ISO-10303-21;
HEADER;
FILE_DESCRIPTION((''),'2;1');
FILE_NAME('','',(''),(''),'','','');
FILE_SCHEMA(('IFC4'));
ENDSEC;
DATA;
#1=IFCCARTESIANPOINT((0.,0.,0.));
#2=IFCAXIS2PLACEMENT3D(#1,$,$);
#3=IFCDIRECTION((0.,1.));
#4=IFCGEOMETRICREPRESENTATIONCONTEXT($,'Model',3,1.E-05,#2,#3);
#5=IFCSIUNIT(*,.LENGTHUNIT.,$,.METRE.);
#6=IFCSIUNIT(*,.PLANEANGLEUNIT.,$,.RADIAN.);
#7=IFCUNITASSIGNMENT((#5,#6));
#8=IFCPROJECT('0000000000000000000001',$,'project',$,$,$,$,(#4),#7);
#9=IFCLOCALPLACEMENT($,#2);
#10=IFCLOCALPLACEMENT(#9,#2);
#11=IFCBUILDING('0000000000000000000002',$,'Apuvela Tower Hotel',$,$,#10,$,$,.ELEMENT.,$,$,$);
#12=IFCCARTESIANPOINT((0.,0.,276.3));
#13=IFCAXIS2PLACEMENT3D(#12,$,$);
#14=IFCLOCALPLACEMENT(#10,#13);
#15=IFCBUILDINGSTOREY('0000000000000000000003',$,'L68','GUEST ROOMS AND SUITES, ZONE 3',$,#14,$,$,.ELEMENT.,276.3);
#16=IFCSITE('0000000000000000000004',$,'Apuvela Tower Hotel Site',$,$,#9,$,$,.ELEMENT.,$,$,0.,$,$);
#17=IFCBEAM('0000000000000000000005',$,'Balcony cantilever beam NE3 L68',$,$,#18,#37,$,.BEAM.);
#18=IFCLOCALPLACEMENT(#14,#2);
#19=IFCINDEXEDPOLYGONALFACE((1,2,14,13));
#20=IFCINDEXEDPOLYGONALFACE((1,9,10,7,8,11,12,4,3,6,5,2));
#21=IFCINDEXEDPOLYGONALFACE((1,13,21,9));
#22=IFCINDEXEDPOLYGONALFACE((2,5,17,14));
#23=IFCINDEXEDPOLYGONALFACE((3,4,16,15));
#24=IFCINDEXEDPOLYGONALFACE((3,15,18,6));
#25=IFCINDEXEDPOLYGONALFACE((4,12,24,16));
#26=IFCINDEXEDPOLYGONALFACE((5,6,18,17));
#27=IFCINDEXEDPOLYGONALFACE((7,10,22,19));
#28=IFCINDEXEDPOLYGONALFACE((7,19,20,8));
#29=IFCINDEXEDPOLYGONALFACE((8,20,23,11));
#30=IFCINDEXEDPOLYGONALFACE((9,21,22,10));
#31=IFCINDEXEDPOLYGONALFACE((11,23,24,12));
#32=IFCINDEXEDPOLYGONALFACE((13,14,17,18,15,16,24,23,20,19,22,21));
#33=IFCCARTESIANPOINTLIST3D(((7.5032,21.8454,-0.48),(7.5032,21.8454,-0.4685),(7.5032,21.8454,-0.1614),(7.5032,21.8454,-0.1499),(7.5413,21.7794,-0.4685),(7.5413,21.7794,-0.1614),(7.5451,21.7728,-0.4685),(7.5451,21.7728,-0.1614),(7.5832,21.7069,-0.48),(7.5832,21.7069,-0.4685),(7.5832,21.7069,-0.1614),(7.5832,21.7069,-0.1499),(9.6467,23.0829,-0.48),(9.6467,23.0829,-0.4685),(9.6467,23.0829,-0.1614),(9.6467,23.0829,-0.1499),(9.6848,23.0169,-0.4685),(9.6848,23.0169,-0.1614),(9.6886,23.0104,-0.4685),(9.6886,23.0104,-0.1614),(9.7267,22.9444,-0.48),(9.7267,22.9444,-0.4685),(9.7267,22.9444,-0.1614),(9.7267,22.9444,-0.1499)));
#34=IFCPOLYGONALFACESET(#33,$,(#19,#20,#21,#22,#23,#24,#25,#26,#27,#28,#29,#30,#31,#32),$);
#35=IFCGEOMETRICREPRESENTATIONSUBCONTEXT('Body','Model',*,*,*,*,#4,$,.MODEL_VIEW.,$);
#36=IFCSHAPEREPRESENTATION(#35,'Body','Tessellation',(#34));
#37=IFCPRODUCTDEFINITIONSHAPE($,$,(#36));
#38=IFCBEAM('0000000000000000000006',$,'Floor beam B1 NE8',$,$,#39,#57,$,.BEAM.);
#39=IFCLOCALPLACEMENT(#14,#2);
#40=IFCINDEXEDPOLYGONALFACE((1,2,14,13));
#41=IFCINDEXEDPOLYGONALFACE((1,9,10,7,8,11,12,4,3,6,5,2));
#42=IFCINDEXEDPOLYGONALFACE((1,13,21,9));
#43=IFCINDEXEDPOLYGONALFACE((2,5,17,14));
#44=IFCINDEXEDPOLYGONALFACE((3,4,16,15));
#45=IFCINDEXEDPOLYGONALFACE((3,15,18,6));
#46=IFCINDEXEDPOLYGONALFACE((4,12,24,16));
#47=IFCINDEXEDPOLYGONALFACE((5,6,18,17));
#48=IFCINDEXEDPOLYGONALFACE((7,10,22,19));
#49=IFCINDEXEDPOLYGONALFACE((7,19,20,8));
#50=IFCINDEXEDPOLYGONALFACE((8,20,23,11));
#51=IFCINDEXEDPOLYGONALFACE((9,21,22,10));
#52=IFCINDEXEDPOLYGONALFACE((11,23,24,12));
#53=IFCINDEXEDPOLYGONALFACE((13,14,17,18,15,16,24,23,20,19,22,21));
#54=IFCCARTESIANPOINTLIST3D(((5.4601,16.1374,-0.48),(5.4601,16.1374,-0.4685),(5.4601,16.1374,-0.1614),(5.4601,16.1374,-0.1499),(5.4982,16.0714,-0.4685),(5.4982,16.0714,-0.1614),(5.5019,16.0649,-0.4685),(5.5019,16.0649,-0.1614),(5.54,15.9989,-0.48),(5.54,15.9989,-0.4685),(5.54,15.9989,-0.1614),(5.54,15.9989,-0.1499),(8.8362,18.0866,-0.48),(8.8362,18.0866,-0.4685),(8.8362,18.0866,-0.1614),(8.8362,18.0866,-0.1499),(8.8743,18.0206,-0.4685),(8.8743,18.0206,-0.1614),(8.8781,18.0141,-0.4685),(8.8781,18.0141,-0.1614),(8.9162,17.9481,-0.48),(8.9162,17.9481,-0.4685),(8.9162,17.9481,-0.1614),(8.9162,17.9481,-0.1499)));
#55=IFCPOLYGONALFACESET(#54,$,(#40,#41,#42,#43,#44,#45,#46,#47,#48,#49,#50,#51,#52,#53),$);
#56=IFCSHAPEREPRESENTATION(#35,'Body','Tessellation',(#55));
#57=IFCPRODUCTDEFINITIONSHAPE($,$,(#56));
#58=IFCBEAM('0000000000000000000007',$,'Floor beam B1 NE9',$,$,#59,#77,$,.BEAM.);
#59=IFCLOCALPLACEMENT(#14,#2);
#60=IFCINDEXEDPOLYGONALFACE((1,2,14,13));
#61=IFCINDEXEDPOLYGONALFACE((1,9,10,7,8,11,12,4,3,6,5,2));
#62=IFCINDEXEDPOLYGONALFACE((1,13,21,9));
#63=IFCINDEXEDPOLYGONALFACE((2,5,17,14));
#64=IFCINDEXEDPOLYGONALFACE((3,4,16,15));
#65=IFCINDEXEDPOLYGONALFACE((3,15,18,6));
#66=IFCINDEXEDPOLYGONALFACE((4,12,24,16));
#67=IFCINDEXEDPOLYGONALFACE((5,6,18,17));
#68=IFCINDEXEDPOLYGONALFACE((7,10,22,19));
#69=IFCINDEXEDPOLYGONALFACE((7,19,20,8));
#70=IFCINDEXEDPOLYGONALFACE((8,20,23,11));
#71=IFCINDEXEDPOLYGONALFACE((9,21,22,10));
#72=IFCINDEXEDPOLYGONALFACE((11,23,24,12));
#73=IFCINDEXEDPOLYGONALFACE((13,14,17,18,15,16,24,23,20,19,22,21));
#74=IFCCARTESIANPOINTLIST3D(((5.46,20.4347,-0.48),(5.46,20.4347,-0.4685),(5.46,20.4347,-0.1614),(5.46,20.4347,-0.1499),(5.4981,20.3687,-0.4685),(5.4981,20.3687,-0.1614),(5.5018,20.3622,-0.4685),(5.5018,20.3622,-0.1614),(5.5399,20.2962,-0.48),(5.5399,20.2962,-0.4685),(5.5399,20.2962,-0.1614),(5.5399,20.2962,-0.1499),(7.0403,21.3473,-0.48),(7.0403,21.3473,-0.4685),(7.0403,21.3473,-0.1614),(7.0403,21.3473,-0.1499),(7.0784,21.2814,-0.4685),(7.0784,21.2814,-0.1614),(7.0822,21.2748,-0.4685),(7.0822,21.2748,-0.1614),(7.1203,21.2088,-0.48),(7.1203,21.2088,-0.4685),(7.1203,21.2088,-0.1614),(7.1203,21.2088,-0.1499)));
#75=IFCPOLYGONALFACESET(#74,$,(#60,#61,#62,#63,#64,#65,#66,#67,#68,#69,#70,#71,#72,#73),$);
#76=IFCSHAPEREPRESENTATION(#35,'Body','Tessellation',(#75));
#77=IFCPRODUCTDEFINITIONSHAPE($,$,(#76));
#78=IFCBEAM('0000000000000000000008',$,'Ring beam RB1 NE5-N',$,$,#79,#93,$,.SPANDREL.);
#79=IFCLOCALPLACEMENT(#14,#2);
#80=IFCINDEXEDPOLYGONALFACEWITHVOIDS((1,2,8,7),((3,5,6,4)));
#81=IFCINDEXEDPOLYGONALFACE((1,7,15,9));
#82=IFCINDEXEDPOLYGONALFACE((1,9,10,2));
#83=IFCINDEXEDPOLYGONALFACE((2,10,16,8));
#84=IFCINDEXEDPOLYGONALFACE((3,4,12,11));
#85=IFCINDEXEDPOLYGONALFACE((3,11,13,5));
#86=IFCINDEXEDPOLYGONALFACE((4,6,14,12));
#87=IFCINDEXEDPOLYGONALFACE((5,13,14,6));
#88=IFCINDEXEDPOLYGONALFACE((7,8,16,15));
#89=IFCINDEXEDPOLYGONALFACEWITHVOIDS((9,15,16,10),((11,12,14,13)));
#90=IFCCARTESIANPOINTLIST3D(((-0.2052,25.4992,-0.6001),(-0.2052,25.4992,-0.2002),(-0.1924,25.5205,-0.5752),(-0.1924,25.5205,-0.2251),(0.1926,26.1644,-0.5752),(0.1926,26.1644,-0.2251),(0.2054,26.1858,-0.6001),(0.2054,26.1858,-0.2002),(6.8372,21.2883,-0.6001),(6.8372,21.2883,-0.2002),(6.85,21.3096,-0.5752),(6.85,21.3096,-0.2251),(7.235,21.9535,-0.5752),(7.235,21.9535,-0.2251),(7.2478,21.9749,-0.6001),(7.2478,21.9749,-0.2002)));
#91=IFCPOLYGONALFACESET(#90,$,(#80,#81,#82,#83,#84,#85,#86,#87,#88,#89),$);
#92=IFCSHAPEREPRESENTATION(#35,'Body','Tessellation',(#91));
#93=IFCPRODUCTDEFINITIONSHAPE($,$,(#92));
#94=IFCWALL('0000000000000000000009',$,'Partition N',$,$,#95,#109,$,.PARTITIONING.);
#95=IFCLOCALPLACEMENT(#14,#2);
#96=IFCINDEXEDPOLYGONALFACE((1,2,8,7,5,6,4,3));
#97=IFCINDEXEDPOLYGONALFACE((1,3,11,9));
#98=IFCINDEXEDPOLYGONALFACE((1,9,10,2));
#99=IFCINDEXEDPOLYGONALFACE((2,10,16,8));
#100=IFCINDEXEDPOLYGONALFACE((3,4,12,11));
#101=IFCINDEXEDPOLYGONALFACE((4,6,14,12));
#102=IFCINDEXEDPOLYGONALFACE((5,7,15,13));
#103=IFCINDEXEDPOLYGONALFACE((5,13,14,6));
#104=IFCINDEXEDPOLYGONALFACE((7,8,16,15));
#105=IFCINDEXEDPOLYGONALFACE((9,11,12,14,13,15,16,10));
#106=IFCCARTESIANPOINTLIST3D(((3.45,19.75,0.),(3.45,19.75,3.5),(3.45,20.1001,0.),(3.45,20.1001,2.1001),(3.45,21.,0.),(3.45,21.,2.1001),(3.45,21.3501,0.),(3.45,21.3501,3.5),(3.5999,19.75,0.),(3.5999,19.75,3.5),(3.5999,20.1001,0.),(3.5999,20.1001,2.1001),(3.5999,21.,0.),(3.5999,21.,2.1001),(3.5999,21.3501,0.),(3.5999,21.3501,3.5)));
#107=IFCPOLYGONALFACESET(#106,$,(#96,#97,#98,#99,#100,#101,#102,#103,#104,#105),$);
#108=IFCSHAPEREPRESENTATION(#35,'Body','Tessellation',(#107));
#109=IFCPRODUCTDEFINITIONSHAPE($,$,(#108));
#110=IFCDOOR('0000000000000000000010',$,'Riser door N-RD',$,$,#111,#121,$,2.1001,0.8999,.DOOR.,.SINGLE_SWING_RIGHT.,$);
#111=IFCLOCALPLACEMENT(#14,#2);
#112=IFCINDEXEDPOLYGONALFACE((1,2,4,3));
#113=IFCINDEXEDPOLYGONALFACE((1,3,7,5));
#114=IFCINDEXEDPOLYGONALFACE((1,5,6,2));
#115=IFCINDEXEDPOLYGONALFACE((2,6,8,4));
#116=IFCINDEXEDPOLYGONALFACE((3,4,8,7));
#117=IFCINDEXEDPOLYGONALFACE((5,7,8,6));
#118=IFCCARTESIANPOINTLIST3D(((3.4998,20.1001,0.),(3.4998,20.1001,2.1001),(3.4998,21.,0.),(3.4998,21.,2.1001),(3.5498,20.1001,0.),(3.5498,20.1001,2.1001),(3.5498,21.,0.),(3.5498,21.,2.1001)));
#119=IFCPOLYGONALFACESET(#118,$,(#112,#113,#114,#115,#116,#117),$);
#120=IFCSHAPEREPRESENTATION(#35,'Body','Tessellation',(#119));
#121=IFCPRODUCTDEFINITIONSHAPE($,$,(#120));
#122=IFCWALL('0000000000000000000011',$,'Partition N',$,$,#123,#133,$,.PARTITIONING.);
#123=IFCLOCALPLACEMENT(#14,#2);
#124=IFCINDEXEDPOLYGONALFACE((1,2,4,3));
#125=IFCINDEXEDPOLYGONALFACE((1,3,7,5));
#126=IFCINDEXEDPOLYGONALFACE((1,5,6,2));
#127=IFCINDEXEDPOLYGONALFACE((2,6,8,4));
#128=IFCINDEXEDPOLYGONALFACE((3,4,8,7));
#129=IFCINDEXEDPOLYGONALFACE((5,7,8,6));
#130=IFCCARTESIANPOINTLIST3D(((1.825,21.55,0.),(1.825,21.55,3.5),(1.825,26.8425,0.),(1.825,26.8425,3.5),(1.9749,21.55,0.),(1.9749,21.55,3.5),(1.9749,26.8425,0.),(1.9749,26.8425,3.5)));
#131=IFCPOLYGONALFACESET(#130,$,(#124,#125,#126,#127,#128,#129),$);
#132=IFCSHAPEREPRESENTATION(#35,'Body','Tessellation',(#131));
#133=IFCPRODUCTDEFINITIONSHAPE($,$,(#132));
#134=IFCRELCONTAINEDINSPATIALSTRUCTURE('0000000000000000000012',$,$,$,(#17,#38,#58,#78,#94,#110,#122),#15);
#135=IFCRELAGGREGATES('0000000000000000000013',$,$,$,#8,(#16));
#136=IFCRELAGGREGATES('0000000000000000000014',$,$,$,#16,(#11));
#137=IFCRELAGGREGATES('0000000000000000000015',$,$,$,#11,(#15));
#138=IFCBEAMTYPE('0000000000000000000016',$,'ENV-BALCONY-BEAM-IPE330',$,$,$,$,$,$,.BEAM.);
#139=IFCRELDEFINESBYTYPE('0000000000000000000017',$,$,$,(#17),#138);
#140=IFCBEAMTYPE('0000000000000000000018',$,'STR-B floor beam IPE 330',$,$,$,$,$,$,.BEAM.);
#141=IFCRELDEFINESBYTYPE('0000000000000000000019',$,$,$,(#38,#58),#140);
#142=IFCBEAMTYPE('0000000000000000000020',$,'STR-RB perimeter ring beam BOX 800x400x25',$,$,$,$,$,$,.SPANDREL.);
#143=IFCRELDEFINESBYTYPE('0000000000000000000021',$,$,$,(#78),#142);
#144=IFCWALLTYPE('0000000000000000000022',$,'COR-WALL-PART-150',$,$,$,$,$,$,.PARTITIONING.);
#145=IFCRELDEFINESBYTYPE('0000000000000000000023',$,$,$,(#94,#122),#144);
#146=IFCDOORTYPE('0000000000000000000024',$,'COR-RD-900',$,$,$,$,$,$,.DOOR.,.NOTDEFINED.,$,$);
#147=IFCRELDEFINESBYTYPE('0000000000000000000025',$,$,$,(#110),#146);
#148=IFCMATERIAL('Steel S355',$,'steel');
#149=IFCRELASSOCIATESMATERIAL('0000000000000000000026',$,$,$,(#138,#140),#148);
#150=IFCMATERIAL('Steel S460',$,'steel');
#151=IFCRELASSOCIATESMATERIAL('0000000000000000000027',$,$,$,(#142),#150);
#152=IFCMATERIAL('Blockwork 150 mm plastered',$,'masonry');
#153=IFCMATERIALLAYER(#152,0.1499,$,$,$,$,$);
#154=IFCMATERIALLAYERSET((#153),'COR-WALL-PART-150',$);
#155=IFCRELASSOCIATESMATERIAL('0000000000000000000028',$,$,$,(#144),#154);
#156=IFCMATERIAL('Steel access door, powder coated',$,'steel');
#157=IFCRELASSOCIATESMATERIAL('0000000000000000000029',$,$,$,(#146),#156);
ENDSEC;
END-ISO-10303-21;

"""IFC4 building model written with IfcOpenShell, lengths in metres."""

from ifc_helpers import new_model, si_unit, direction, frame, frame_2d, origin, origin_2d, place, context, subcontext, project, spatial, rectangle, hollow_rectangle, i_section, extrude, material, layer, layer_set, material_profile, profile_set, type_object, element, fill, save


model = new_model("IFC4")

# Units and contexts
model_context = context("Model", 3, precision=1e-05, world=origin(), true_north=direction((0.0, 1.0)))
body_context = subcontext(model_context, "Body", "Model", "MODEL_VIEW")
ifc_project = project(units=[si_unit("LENGTHUNIT", "METRE"), si_unit("PLANEANGLEUNIT", "RADIAN")], contexts=[model_context])

# Site, building, storey
site_placement = place(None, origin())
site = spatial("IfcSite", under=ifc_project, at=site_placement, Name="Apuvela Tower Hotel Site", CompositionType="ELEMENT", RefElevation=0.0)
building_placement = place(site_placement, origin())
building = spatial("IfcBuilding", under=site, at=building_placement, Name="Apuvela Tower Hotel", CompositionType="ELEMENT")
storey_placement = place(building_placement, frame((0.0, 0.0, 276.3)))
storey = spatial("IfcBuildingStorey", under=building, at=storey_placement, Name="L68", Description="GUEST ROOMS AND SUITES, ZONE 3", CompositionType="ELEMENT", Elevation=276.3)

# Shared definitions
ifc_material_1 = material(Name="Steel S460", Category="steel")

# Beams
ifc_material_2 = material(Name="Steel S355", Category="steel")
ifc_material_profile_1 = material_profile(ifc_material_2, i_section(OverallWidth=0.1599, OverallDepth=0.3301, WebThickness=0.0076, FlangeThickness=0.0115, at=origin_2d()), Name="IPE 330")
ifc_profile_set_1 = profile_set([ifc_material_profile_1], Name="Steel S355")
beam_type_1 = type_object("IfcBeamType", Name="ENV-BALCONY-BEAM-IPE330", PredefinedType="BEAM", material=ifc_profile_set_1)
beam_1_placement = place(storey_placement, frame((7.5432, 21.7761, -0.3149), z_axis=(0.866031, 0.49999, 0.0), x_axis=(-0.49999, 0.866031, 0.0)))
element("IfcBeam", 1, at=beam_1_placement, inside=storey, type_object=beam_type_1, Name="Balcony cantilever beam NE3 L68", PredefinedType="BEAM", context=body_context, shape_type="SweptSolid", body=[
    extrude(i_section(OverallWidth=0.1599, OverallDepth=0.3301, WebThickness=0.0076, FlangeThickness=0.0115, at=origin_2d()), origin(), (0.0, 0.0, 1.0), 2.4751),
])
ifc_material_profile_2 = material_profile(ifc_material_2, i_section(OverallWidth=0.1599, OverallDepth=0.3301, WebThickness=0.0076, FlangeThickness=0.0115, at=origin_2d()), Name="IPE 330")
ifc_profile_set_2 = profile_set([ifc_material_profile_2], Name="Steel S355")
beam_type_2 = type_object("IfcBeamType", Name="STR-B floor beam IPE 330", PredefinedType="BEAM", material=ifc_profile_set_2)
beam_2_placement = place(storey_placement, frame((8.8762, 18.0173, -0.3149), z_axis=(-0.86603, -0.499992, 0.0), x_axis=(0.499992, -0.86603, 0.0)))
element("IfcBeam", 2, at=beam_2_placement, inside=storey, type_object=beam_type_2, Name="Floor beam B1 NE8", PredefinedType="BEAM", context=body_context, shape_type="SweptSolid", body=[
    extrude(i_section(OverallWidth=0.1599, OverallDepth=0.3301, WebThickness=0.0076, FlangeThickness=0.0115, at=origin_2d()), origin(), (0.0, 0.0, 1.0), 3.8984),
])
beam_3_placement = place(storey_placement, frame((7.0803, 21.2781, -0.3149), z_axis=(-0.865978, -0.500081, 0.0), x_axis=(0.500081, -0.865978, 0.0)))
element("IfcBeam", 3, at=beam_3_placement, inside=storey, type_object=beam_type_2, Name="Floor beam B1 NE9", PredefinedType="BEAM", context=body_context, shape_type="SweptSolid", body=[
    extrude(i_section(OverallWidth=0.1599, OverallDepth=0.3301, WebThickness=0.0076, FlangeThickness=0.0115, at=origin_2d()), origin(), (0.0, 0.0, 1.0), 1.825),
])
ifc_material_profile_3 = material_profile(ifc_material_1, hollow_rectangle(XDim=0.8, YDim=0.3999, WallThickness=0.0249, at=origin_2d()), Name="BOX 800x400x25")
ifc_profile_set_3 = profile_set([ifc_material_profile_3], Name="Steel S460")
beam_type_3 = type_object("IfcBeamType", Name="STR-RB perimeter ring beam BOX 800x400x25", PredefinedType="SPANDREL", material=ifc_profile_set_3)
beam_4_placement = place(storey_placement, frame((7.0425, 21.6316, -0.4001), z_axis=(-0.858274, 0.513191, 0.0), x_axis=(-0.513191, -0.858274, 0.0)))
element("IfcBeam", 4, at=beam_4_placement, inside=storey, type_object=beam_type_3, Name="Ring beam RB1 NE5-N", PredefinedType="SPANDREL", context=body_context, shape_type="SweptSolid", body=[
    extrude(hollow_rectangle(XDim=0.8, YDim=0.3999, WallThickness=0.0249, at=origin_2d()), origin(), (0.0, 0.0, 1.0), 8.2053),
])

# Wall, opening, door
ifc_material_3 = material(Name="Blockwork 150 mm plastered", Category="masonry")
ifc_layer_1 = layer(ifc_material_3, 0.1499)
ifc_layer_set_1 = layer_set([ifc_layer_1], Name="COR-WALL-PART-150")
wall_type_1 = type_object("IfcWallType", Name="COR-WALL-PART-150", PredefinedType="PARTITIONING", material=ifc_layer_set_1)
wall_1_placement = place(storey_placement, frame((3.5249, 19.75, 0.0), z_axis=(0.0, 0.0, 1.0), x_axis=(0.0, 1.0, 0.0)))
wall_1 = element("IfcWall", 5, at=wall_1_placement, inside=storey, type_object=wall_type_1, Name="Partition N", PredefinedType="PARTITIONING", context=body_context, shape_type="SweptSolid", body=[
    extrude(rectangle(XDim=1.6001, YDim=0.1499, at=frame_2d((0.8, 0.0))), origin(), (0.0, 0.0, 1.0), 3.5),
])
opening_1_placement = place(wall_1_placement, frame((0.3501, 0.0, 0.0)))
opening_1 = element("IfcOpeningElement", 6, at=opening_1_placement, cuts=wall_1, PredefinedType="OPENING", context=body_context, shape_type="SweptSolid", body=[
    extrude(rectangle(XDim=0.8999, YDim=2.1001, at=frame_2d((0.45, 1.05))), frame((0.0, 0.085, 0.0), z_axis=(0.0, -1.0, 0.0), x_axis=(1.0, 0.0, 0.0)), (0.0, 0.0, 1.0), 0.1699),
])
ifc_material_4 = material(Name="Steel access door, powder coated", Category="steel")
door_type_1 = type_object("IfcDoorType", Name="COR-RD-900", OperationType="NOTDEFINED", PredefinedType="DOOR", material=ifc_material_4)
door_1_placement = place(opening_1_placement, frame((0.8999, 0.0, 0.0), z_axis=(0.0, 0.0, 1.0), x_axis=(-1.0, 0.0, 0.0)))
door_1 = element("IfcDoor", 7, at=door_1_placement, inside=storey, type_object=door_type_1, Name="Riser door N-RD", OperationType="SINGLE_SWING_RIGHT", OverallHeight=2.1001, OverallWidth=0.8999, PredefinedType="DOOR", context=body_context, shape_type="SweptSolid", body=[
    extrude(rectangle(XDim=0.8999, YDim=2.1001, at=frame_2d((0.45, 1.05))), frame((0.0, 0.0249, 0.0), z_axis=(0.0, -1.0, 0.0), x_axis=(1.0, 0.0, 0.0)), (0.0, 0.0, 1.0), 0.05),
])
fill(opening_1, door_1)

# Wall
wall_2_placement = place(storey_placement, frame((1.8999, 21.55, 0.0), z_axis=(0.0, 0.0, 1.0), x_axis=(0.0, 1.0, 0.0)))
element("IfcWall", 8, at=wall_2_placement, inside=storey, type_object=wall_type_1, Name="Partition N", PredefinedType="PARTITIONING", context=body_context, shape_type="SweptSolid", body=[
    extrude(rectangle(XDim=5.2925, YDim=0.1499, at=frame_2d((2.6462, 0.0))), origin(), (0.0, 0.0, 1.0), 3.5),
])

save(model, "model.ifc")
